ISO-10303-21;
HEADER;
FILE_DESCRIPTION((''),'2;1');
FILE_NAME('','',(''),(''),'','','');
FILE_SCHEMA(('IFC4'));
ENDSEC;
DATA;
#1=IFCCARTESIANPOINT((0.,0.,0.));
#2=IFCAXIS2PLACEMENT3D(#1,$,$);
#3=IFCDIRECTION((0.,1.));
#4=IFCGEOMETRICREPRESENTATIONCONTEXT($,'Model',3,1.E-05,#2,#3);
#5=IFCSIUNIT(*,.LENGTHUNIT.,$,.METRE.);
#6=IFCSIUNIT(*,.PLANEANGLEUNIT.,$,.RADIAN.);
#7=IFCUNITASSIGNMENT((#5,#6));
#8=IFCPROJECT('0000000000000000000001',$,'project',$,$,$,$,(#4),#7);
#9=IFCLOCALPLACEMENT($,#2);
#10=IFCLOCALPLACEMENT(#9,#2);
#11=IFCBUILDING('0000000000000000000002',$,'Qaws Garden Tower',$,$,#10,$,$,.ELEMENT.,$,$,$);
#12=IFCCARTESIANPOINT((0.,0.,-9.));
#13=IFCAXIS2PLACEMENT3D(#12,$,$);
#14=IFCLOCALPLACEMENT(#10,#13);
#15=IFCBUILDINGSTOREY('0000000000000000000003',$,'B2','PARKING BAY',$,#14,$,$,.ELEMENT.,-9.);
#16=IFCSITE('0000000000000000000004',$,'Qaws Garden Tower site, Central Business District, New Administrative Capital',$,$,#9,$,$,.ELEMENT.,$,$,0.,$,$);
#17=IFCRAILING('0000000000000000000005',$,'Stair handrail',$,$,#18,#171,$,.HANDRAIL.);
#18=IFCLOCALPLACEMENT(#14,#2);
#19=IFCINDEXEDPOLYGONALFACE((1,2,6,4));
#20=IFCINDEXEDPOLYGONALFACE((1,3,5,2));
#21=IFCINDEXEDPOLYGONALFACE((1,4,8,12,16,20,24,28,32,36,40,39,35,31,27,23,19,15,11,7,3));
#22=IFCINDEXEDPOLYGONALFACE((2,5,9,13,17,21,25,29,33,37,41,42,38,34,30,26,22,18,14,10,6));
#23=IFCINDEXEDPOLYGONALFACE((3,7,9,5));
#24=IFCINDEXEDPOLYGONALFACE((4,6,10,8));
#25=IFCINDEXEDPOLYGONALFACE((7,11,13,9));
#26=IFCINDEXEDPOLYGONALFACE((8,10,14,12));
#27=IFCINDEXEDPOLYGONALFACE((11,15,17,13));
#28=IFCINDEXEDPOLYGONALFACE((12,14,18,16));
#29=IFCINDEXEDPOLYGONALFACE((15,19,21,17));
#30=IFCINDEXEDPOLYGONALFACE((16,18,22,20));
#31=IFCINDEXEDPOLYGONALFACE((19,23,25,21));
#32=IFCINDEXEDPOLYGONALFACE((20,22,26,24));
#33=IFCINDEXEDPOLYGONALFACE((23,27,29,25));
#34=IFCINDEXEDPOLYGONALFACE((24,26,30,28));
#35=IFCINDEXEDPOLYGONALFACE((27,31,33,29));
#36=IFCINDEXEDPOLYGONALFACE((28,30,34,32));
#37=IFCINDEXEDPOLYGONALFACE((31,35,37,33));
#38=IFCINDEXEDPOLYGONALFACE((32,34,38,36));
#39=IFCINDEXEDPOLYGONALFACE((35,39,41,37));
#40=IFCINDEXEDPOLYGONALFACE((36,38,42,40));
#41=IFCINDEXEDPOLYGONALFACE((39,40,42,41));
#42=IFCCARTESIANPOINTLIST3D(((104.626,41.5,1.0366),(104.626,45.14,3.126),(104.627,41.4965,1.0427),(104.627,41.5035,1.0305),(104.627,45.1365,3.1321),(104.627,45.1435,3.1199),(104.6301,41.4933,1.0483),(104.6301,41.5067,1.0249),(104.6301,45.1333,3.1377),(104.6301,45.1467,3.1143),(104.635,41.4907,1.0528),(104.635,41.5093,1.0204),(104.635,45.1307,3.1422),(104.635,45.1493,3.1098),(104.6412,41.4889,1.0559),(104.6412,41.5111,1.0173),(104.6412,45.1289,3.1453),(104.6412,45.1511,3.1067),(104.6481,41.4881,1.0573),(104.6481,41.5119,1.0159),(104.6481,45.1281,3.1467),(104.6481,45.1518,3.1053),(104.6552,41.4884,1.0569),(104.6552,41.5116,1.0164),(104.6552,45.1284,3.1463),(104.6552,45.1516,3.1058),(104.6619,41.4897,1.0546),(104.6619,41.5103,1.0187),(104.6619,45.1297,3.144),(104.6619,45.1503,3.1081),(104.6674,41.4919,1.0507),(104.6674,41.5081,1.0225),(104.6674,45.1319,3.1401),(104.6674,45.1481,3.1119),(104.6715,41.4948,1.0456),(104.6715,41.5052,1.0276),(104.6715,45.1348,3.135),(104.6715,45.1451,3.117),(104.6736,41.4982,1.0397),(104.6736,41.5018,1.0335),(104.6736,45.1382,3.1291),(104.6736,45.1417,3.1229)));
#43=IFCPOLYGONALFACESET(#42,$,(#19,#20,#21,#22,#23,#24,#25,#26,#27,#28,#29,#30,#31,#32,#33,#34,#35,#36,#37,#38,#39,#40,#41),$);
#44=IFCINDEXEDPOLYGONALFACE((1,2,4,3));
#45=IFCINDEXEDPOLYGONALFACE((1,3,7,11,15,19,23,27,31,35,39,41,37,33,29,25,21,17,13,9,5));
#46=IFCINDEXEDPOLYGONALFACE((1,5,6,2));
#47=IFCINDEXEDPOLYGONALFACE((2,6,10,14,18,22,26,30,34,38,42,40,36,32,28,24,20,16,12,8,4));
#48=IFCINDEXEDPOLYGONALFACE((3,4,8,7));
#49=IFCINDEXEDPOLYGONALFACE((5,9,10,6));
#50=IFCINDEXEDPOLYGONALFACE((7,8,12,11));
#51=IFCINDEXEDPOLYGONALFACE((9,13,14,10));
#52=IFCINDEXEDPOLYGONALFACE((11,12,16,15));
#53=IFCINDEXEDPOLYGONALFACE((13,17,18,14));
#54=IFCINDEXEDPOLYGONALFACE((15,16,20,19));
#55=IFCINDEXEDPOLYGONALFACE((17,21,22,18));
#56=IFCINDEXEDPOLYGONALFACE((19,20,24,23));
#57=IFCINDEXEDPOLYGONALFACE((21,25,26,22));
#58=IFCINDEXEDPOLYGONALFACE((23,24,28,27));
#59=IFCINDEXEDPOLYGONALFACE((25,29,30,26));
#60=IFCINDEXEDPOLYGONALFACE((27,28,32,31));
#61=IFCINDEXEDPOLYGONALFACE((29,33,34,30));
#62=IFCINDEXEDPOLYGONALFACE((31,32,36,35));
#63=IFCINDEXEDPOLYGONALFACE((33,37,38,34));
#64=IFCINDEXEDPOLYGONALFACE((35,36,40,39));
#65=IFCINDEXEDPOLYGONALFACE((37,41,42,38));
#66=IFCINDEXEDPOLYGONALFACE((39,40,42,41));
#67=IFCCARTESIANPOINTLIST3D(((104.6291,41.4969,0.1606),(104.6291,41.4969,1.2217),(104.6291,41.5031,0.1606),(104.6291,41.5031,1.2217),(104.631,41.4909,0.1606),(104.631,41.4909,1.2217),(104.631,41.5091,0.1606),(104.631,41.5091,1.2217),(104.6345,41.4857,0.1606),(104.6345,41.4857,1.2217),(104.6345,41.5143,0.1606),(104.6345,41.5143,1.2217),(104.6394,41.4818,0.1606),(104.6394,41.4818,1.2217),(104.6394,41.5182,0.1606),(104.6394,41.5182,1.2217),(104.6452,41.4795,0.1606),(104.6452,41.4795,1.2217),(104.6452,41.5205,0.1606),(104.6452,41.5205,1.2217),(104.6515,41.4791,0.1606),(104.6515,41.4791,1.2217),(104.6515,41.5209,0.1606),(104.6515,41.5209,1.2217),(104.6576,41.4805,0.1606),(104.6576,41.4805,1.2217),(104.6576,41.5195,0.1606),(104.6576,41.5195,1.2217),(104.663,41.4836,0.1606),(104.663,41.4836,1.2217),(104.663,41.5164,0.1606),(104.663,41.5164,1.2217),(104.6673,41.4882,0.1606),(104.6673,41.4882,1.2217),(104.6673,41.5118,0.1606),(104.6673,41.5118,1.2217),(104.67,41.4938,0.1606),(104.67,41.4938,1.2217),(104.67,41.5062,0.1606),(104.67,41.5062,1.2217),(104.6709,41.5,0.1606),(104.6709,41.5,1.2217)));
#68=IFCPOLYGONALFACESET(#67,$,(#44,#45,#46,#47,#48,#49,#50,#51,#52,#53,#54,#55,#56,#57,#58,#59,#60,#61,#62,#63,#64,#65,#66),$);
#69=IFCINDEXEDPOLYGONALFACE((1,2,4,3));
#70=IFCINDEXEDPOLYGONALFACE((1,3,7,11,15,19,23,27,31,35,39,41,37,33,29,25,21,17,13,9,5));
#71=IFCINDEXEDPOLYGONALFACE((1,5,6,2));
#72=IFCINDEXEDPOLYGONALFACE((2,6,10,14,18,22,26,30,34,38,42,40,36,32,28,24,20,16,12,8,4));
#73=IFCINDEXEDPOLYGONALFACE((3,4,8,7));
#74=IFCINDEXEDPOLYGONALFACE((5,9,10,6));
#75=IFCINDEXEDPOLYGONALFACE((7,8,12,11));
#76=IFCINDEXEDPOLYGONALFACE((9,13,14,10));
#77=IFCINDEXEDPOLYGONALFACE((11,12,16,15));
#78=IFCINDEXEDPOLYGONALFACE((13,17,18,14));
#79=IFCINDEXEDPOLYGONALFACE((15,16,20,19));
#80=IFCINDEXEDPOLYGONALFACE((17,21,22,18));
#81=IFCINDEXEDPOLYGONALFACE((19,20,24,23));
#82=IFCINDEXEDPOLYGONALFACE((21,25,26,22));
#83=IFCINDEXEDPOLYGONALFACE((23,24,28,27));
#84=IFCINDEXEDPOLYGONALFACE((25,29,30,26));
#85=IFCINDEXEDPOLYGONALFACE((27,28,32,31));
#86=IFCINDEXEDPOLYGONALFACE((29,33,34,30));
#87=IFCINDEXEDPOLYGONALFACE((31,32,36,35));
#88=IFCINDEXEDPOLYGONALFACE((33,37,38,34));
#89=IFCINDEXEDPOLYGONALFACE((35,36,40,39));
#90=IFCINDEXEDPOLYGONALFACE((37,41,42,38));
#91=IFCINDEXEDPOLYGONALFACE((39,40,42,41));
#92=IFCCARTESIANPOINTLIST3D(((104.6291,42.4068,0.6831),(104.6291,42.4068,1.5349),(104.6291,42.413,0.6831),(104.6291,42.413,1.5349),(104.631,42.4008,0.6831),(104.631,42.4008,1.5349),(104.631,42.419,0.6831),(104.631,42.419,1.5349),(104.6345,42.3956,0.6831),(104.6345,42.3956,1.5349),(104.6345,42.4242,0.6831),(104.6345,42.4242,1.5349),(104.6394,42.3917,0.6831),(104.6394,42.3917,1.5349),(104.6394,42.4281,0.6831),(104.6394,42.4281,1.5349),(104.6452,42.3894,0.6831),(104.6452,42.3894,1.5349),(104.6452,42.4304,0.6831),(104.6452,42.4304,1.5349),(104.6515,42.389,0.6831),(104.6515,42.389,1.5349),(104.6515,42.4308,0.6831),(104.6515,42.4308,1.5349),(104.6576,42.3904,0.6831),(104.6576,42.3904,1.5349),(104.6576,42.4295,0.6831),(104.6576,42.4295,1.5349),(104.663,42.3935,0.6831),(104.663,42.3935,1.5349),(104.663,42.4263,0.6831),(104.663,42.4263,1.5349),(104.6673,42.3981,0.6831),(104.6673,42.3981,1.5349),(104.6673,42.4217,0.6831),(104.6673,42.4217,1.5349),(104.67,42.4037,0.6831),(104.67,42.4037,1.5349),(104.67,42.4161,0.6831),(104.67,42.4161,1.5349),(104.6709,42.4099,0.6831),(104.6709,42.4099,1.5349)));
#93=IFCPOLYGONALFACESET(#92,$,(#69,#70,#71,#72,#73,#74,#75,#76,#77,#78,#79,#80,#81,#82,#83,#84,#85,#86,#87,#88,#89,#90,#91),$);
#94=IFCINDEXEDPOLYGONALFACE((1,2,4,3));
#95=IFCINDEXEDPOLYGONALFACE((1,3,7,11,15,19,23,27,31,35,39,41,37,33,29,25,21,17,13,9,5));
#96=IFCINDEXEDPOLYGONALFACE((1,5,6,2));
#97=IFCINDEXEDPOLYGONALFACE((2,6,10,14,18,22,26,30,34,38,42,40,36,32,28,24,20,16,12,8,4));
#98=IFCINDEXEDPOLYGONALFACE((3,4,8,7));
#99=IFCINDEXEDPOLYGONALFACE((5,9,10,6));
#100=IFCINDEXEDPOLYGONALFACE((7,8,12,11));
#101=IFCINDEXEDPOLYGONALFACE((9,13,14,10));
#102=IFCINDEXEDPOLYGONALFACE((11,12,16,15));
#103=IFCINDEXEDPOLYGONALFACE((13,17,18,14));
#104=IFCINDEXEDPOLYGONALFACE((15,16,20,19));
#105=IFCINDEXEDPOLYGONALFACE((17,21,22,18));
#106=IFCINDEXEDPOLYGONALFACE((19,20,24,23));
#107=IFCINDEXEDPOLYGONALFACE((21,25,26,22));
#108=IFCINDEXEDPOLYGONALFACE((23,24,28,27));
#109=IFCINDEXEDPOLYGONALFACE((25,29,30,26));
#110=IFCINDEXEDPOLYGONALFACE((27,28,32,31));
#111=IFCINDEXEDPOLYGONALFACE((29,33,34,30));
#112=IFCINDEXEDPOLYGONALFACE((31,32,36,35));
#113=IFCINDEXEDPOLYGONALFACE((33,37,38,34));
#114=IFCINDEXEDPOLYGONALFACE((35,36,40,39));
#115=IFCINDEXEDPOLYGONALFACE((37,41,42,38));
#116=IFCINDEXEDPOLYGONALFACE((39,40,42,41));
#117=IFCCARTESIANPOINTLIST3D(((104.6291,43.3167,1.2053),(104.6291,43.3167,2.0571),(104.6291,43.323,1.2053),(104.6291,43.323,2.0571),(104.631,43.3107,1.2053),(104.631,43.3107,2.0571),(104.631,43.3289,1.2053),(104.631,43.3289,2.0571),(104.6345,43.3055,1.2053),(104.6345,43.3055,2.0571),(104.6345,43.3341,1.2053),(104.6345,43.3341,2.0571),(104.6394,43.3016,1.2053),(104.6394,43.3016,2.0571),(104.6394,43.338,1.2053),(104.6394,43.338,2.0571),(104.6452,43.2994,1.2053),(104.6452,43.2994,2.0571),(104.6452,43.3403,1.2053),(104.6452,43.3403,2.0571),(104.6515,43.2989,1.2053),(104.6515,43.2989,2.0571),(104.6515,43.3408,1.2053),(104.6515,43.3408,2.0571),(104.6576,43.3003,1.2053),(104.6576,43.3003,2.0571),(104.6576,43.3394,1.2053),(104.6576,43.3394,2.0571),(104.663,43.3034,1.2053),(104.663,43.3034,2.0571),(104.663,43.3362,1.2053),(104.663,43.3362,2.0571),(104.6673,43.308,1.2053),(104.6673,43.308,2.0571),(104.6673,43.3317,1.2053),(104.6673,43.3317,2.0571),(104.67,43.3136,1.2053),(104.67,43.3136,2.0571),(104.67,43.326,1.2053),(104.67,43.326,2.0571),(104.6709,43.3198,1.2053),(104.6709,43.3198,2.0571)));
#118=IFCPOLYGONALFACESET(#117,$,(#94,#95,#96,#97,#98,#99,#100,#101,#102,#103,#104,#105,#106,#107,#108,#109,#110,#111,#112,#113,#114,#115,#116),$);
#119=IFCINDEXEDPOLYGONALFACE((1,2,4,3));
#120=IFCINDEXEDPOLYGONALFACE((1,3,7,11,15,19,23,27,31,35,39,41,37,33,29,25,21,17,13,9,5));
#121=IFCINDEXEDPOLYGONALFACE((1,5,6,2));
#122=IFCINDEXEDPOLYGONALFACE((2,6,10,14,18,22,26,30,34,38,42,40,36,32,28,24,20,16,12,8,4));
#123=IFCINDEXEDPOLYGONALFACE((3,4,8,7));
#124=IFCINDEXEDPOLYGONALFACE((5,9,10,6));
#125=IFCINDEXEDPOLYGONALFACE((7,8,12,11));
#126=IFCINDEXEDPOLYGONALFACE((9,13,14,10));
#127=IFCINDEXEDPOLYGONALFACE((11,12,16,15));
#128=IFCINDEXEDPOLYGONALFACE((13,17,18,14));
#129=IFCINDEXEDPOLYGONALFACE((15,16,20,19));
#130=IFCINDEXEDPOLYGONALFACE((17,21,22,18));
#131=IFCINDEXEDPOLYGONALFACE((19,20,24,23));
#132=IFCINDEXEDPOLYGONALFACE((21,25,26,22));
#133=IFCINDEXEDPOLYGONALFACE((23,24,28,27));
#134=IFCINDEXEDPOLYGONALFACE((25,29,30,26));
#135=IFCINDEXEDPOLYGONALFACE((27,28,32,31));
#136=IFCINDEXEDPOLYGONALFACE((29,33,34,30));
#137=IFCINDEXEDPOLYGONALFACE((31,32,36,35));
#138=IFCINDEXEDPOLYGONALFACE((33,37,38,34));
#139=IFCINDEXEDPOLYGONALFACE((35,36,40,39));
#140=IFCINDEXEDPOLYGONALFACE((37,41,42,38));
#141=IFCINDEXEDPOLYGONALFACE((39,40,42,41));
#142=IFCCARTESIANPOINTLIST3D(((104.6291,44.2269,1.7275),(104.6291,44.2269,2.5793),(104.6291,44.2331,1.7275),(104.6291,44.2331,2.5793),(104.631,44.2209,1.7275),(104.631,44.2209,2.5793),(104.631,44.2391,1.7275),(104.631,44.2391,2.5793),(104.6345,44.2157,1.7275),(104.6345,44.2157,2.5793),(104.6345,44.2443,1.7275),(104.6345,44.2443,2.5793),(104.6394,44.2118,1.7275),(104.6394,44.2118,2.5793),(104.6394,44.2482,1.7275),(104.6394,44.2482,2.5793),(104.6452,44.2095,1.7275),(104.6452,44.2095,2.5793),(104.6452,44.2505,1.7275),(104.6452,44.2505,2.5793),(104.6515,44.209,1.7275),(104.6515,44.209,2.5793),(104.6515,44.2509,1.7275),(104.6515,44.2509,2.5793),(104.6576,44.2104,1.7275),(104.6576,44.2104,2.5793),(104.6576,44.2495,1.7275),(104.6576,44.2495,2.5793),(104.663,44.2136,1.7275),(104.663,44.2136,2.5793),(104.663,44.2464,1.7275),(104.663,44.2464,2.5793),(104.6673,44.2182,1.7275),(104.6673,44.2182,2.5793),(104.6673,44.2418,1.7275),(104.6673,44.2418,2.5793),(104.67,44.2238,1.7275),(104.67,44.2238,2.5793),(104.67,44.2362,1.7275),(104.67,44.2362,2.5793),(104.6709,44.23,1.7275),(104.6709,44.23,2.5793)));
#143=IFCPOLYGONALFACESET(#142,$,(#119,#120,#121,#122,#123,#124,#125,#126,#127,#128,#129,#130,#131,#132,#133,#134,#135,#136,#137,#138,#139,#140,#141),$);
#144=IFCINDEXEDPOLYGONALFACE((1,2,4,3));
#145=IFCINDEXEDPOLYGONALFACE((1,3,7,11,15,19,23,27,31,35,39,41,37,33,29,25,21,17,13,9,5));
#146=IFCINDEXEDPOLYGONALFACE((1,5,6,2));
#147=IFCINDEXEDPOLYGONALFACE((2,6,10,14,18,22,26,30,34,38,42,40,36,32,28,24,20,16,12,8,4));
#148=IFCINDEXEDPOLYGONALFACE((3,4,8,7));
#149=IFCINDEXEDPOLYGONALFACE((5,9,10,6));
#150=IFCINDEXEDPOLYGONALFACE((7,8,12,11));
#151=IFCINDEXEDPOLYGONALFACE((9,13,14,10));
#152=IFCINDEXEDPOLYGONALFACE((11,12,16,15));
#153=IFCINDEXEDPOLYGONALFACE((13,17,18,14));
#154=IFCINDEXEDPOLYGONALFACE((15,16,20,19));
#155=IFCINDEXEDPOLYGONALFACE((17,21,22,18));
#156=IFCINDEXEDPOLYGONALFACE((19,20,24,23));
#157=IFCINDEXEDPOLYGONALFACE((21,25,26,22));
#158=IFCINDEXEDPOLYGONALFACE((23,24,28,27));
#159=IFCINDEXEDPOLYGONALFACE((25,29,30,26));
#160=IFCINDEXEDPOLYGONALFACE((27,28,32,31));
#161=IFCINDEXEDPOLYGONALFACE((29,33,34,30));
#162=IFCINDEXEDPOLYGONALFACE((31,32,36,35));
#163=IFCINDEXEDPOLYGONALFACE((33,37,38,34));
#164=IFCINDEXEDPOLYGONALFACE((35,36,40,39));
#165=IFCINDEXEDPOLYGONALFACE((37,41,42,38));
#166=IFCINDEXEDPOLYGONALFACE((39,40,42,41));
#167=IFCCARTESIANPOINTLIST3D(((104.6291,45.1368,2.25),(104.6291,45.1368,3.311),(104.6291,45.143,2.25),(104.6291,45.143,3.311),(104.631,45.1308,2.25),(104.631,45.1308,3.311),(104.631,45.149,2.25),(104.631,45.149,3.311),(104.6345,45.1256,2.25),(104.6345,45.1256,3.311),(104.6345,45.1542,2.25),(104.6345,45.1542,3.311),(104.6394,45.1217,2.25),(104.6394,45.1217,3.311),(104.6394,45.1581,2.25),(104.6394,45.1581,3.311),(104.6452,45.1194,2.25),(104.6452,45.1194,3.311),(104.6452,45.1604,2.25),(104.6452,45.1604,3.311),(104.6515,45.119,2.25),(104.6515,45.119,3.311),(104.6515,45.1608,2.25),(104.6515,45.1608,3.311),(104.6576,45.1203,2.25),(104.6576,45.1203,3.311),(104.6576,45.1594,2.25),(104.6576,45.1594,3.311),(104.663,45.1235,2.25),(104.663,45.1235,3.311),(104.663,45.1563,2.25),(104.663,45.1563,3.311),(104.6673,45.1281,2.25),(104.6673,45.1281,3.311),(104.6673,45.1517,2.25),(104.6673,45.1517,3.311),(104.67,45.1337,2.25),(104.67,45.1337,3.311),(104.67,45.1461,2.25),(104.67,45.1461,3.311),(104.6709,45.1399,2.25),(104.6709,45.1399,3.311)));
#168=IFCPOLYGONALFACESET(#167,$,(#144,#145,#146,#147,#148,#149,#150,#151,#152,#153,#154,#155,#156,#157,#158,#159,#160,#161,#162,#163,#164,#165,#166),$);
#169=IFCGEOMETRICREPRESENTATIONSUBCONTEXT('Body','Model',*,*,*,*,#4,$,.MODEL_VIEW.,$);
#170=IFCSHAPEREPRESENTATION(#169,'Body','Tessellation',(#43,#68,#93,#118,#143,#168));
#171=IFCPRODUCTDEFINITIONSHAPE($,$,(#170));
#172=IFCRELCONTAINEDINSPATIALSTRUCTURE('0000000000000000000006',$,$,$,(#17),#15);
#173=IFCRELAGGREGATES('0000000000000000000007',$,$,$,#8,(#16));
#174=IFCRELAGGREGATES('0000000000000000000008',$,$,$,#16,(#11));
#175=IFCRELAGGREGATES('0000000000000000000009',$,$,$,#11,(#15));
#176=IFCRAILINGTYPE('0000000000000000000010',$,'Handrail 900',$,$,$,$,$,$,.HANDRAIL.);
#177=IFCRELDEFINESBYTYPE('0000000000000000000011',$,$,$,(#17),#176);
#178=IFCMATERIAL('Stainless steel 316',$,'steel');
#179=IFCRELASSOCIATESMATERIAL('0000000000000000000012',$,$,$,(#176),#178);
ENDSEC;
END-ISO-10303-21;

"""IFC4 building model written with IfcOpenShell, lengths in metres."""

from ifc_helpers import new_model, si_unit, direction, frame, origin, origin_2d, place, context, subcontext, project, spatial, circle, extrude, material, type_object, element, save


model = new_model("IFC4")

# Units and contexts
model_context = context("Model", 3, precision=1e-05, world=origin(), true_north=direction((0.0, 1.0)))
body_context = subcontext(model_context, "Body", "Model", "MODEL_VIEW")
ifc_project = project(units=[si_unit("LENGTHUNIT", "METRE"), si_unit("PLANEANGLEUNIT", "RADIAN")], contexts=[model_context])

# Site, building, storey
site_placement = place(None, origin())
site = spatial("IfcSite", under=ifc_project, at=site_placement, Name="Qaws Garden Tower site, Central Business District, New Administrative Capital", CompositionType="ELEMENT", RefElevation=0.0)
building_placement = place(site_placement, origin())
building = spatial("IfcBuilding", under=site, at=building_placement, Name="Qaws Garden Tower", CompositionType="ELEMENT")
storey_placement = place(building_placement, frame((0.0, 0.0, -9.0)))
storey = spatial("IfcBuildingStorey", under=building, at=storey_placement, Name="B2", Description="PARKING BAY", CompositionType="ELEMENT", Elevation=-9.0)

# Railing
ifc_material_1 = material(Name="Stainless steel 316", Category="steel")
railing_type_1 = type_object("IfcRailingType", Name="Handrail 900", PredefinedType="HANDRAIL", material=ifc_material_1)
for number, where, name in (
    (1, (104.6499, 41.5, 0.1606), "Stair handrail"),
):
    element("IfcRailing", number, at=place(storey_placement, frame(where)), inside=storey, type_object=railing_type_1, Name=name, PredefinedType="HANDRAIL", context=body_context, shape_type="SweptSolid", body=[
        extrude(circle(Radius=0.0239, at=origin_2d()), frame((0.0, 0.0, 0.876), z_axis=(0.0, 0.867275, 0.497829), x_axis=(-1.0, 0.0, 0.0)), (0.0, 0.0, 1.0), 4.197),
        extrude(circle(Radius=0.021, at=origin_2d()), origin(), (0.0, 0.0, 1.0), 1.061),
        extrude(circle(Radius=0.021, at=origin_2d()), frame((0.0, 0.9099, 0.5225)), (0.0, 0.0, 1.0), 0.8518),
        extrude(circle(Radius=0.021, at=origin_2d()), frame((0.0, 1.8198, 1.0447)), (0.0, 0.0, 1.0), 0.8518),
        extrude(circle(Radius=0.021, at=origin_2d()), frame((0.0, 2.73, 1.5669)), (0.0, 0.0, 1.0), 0.8518),
        extrude(circle(Radius=0.021, at=origin_2d()), frame((0.0, 3.6399, 2.0894)), (0.0, 0.0, 1.0), 1.061),
    ])

save(model, "model.ifc")
